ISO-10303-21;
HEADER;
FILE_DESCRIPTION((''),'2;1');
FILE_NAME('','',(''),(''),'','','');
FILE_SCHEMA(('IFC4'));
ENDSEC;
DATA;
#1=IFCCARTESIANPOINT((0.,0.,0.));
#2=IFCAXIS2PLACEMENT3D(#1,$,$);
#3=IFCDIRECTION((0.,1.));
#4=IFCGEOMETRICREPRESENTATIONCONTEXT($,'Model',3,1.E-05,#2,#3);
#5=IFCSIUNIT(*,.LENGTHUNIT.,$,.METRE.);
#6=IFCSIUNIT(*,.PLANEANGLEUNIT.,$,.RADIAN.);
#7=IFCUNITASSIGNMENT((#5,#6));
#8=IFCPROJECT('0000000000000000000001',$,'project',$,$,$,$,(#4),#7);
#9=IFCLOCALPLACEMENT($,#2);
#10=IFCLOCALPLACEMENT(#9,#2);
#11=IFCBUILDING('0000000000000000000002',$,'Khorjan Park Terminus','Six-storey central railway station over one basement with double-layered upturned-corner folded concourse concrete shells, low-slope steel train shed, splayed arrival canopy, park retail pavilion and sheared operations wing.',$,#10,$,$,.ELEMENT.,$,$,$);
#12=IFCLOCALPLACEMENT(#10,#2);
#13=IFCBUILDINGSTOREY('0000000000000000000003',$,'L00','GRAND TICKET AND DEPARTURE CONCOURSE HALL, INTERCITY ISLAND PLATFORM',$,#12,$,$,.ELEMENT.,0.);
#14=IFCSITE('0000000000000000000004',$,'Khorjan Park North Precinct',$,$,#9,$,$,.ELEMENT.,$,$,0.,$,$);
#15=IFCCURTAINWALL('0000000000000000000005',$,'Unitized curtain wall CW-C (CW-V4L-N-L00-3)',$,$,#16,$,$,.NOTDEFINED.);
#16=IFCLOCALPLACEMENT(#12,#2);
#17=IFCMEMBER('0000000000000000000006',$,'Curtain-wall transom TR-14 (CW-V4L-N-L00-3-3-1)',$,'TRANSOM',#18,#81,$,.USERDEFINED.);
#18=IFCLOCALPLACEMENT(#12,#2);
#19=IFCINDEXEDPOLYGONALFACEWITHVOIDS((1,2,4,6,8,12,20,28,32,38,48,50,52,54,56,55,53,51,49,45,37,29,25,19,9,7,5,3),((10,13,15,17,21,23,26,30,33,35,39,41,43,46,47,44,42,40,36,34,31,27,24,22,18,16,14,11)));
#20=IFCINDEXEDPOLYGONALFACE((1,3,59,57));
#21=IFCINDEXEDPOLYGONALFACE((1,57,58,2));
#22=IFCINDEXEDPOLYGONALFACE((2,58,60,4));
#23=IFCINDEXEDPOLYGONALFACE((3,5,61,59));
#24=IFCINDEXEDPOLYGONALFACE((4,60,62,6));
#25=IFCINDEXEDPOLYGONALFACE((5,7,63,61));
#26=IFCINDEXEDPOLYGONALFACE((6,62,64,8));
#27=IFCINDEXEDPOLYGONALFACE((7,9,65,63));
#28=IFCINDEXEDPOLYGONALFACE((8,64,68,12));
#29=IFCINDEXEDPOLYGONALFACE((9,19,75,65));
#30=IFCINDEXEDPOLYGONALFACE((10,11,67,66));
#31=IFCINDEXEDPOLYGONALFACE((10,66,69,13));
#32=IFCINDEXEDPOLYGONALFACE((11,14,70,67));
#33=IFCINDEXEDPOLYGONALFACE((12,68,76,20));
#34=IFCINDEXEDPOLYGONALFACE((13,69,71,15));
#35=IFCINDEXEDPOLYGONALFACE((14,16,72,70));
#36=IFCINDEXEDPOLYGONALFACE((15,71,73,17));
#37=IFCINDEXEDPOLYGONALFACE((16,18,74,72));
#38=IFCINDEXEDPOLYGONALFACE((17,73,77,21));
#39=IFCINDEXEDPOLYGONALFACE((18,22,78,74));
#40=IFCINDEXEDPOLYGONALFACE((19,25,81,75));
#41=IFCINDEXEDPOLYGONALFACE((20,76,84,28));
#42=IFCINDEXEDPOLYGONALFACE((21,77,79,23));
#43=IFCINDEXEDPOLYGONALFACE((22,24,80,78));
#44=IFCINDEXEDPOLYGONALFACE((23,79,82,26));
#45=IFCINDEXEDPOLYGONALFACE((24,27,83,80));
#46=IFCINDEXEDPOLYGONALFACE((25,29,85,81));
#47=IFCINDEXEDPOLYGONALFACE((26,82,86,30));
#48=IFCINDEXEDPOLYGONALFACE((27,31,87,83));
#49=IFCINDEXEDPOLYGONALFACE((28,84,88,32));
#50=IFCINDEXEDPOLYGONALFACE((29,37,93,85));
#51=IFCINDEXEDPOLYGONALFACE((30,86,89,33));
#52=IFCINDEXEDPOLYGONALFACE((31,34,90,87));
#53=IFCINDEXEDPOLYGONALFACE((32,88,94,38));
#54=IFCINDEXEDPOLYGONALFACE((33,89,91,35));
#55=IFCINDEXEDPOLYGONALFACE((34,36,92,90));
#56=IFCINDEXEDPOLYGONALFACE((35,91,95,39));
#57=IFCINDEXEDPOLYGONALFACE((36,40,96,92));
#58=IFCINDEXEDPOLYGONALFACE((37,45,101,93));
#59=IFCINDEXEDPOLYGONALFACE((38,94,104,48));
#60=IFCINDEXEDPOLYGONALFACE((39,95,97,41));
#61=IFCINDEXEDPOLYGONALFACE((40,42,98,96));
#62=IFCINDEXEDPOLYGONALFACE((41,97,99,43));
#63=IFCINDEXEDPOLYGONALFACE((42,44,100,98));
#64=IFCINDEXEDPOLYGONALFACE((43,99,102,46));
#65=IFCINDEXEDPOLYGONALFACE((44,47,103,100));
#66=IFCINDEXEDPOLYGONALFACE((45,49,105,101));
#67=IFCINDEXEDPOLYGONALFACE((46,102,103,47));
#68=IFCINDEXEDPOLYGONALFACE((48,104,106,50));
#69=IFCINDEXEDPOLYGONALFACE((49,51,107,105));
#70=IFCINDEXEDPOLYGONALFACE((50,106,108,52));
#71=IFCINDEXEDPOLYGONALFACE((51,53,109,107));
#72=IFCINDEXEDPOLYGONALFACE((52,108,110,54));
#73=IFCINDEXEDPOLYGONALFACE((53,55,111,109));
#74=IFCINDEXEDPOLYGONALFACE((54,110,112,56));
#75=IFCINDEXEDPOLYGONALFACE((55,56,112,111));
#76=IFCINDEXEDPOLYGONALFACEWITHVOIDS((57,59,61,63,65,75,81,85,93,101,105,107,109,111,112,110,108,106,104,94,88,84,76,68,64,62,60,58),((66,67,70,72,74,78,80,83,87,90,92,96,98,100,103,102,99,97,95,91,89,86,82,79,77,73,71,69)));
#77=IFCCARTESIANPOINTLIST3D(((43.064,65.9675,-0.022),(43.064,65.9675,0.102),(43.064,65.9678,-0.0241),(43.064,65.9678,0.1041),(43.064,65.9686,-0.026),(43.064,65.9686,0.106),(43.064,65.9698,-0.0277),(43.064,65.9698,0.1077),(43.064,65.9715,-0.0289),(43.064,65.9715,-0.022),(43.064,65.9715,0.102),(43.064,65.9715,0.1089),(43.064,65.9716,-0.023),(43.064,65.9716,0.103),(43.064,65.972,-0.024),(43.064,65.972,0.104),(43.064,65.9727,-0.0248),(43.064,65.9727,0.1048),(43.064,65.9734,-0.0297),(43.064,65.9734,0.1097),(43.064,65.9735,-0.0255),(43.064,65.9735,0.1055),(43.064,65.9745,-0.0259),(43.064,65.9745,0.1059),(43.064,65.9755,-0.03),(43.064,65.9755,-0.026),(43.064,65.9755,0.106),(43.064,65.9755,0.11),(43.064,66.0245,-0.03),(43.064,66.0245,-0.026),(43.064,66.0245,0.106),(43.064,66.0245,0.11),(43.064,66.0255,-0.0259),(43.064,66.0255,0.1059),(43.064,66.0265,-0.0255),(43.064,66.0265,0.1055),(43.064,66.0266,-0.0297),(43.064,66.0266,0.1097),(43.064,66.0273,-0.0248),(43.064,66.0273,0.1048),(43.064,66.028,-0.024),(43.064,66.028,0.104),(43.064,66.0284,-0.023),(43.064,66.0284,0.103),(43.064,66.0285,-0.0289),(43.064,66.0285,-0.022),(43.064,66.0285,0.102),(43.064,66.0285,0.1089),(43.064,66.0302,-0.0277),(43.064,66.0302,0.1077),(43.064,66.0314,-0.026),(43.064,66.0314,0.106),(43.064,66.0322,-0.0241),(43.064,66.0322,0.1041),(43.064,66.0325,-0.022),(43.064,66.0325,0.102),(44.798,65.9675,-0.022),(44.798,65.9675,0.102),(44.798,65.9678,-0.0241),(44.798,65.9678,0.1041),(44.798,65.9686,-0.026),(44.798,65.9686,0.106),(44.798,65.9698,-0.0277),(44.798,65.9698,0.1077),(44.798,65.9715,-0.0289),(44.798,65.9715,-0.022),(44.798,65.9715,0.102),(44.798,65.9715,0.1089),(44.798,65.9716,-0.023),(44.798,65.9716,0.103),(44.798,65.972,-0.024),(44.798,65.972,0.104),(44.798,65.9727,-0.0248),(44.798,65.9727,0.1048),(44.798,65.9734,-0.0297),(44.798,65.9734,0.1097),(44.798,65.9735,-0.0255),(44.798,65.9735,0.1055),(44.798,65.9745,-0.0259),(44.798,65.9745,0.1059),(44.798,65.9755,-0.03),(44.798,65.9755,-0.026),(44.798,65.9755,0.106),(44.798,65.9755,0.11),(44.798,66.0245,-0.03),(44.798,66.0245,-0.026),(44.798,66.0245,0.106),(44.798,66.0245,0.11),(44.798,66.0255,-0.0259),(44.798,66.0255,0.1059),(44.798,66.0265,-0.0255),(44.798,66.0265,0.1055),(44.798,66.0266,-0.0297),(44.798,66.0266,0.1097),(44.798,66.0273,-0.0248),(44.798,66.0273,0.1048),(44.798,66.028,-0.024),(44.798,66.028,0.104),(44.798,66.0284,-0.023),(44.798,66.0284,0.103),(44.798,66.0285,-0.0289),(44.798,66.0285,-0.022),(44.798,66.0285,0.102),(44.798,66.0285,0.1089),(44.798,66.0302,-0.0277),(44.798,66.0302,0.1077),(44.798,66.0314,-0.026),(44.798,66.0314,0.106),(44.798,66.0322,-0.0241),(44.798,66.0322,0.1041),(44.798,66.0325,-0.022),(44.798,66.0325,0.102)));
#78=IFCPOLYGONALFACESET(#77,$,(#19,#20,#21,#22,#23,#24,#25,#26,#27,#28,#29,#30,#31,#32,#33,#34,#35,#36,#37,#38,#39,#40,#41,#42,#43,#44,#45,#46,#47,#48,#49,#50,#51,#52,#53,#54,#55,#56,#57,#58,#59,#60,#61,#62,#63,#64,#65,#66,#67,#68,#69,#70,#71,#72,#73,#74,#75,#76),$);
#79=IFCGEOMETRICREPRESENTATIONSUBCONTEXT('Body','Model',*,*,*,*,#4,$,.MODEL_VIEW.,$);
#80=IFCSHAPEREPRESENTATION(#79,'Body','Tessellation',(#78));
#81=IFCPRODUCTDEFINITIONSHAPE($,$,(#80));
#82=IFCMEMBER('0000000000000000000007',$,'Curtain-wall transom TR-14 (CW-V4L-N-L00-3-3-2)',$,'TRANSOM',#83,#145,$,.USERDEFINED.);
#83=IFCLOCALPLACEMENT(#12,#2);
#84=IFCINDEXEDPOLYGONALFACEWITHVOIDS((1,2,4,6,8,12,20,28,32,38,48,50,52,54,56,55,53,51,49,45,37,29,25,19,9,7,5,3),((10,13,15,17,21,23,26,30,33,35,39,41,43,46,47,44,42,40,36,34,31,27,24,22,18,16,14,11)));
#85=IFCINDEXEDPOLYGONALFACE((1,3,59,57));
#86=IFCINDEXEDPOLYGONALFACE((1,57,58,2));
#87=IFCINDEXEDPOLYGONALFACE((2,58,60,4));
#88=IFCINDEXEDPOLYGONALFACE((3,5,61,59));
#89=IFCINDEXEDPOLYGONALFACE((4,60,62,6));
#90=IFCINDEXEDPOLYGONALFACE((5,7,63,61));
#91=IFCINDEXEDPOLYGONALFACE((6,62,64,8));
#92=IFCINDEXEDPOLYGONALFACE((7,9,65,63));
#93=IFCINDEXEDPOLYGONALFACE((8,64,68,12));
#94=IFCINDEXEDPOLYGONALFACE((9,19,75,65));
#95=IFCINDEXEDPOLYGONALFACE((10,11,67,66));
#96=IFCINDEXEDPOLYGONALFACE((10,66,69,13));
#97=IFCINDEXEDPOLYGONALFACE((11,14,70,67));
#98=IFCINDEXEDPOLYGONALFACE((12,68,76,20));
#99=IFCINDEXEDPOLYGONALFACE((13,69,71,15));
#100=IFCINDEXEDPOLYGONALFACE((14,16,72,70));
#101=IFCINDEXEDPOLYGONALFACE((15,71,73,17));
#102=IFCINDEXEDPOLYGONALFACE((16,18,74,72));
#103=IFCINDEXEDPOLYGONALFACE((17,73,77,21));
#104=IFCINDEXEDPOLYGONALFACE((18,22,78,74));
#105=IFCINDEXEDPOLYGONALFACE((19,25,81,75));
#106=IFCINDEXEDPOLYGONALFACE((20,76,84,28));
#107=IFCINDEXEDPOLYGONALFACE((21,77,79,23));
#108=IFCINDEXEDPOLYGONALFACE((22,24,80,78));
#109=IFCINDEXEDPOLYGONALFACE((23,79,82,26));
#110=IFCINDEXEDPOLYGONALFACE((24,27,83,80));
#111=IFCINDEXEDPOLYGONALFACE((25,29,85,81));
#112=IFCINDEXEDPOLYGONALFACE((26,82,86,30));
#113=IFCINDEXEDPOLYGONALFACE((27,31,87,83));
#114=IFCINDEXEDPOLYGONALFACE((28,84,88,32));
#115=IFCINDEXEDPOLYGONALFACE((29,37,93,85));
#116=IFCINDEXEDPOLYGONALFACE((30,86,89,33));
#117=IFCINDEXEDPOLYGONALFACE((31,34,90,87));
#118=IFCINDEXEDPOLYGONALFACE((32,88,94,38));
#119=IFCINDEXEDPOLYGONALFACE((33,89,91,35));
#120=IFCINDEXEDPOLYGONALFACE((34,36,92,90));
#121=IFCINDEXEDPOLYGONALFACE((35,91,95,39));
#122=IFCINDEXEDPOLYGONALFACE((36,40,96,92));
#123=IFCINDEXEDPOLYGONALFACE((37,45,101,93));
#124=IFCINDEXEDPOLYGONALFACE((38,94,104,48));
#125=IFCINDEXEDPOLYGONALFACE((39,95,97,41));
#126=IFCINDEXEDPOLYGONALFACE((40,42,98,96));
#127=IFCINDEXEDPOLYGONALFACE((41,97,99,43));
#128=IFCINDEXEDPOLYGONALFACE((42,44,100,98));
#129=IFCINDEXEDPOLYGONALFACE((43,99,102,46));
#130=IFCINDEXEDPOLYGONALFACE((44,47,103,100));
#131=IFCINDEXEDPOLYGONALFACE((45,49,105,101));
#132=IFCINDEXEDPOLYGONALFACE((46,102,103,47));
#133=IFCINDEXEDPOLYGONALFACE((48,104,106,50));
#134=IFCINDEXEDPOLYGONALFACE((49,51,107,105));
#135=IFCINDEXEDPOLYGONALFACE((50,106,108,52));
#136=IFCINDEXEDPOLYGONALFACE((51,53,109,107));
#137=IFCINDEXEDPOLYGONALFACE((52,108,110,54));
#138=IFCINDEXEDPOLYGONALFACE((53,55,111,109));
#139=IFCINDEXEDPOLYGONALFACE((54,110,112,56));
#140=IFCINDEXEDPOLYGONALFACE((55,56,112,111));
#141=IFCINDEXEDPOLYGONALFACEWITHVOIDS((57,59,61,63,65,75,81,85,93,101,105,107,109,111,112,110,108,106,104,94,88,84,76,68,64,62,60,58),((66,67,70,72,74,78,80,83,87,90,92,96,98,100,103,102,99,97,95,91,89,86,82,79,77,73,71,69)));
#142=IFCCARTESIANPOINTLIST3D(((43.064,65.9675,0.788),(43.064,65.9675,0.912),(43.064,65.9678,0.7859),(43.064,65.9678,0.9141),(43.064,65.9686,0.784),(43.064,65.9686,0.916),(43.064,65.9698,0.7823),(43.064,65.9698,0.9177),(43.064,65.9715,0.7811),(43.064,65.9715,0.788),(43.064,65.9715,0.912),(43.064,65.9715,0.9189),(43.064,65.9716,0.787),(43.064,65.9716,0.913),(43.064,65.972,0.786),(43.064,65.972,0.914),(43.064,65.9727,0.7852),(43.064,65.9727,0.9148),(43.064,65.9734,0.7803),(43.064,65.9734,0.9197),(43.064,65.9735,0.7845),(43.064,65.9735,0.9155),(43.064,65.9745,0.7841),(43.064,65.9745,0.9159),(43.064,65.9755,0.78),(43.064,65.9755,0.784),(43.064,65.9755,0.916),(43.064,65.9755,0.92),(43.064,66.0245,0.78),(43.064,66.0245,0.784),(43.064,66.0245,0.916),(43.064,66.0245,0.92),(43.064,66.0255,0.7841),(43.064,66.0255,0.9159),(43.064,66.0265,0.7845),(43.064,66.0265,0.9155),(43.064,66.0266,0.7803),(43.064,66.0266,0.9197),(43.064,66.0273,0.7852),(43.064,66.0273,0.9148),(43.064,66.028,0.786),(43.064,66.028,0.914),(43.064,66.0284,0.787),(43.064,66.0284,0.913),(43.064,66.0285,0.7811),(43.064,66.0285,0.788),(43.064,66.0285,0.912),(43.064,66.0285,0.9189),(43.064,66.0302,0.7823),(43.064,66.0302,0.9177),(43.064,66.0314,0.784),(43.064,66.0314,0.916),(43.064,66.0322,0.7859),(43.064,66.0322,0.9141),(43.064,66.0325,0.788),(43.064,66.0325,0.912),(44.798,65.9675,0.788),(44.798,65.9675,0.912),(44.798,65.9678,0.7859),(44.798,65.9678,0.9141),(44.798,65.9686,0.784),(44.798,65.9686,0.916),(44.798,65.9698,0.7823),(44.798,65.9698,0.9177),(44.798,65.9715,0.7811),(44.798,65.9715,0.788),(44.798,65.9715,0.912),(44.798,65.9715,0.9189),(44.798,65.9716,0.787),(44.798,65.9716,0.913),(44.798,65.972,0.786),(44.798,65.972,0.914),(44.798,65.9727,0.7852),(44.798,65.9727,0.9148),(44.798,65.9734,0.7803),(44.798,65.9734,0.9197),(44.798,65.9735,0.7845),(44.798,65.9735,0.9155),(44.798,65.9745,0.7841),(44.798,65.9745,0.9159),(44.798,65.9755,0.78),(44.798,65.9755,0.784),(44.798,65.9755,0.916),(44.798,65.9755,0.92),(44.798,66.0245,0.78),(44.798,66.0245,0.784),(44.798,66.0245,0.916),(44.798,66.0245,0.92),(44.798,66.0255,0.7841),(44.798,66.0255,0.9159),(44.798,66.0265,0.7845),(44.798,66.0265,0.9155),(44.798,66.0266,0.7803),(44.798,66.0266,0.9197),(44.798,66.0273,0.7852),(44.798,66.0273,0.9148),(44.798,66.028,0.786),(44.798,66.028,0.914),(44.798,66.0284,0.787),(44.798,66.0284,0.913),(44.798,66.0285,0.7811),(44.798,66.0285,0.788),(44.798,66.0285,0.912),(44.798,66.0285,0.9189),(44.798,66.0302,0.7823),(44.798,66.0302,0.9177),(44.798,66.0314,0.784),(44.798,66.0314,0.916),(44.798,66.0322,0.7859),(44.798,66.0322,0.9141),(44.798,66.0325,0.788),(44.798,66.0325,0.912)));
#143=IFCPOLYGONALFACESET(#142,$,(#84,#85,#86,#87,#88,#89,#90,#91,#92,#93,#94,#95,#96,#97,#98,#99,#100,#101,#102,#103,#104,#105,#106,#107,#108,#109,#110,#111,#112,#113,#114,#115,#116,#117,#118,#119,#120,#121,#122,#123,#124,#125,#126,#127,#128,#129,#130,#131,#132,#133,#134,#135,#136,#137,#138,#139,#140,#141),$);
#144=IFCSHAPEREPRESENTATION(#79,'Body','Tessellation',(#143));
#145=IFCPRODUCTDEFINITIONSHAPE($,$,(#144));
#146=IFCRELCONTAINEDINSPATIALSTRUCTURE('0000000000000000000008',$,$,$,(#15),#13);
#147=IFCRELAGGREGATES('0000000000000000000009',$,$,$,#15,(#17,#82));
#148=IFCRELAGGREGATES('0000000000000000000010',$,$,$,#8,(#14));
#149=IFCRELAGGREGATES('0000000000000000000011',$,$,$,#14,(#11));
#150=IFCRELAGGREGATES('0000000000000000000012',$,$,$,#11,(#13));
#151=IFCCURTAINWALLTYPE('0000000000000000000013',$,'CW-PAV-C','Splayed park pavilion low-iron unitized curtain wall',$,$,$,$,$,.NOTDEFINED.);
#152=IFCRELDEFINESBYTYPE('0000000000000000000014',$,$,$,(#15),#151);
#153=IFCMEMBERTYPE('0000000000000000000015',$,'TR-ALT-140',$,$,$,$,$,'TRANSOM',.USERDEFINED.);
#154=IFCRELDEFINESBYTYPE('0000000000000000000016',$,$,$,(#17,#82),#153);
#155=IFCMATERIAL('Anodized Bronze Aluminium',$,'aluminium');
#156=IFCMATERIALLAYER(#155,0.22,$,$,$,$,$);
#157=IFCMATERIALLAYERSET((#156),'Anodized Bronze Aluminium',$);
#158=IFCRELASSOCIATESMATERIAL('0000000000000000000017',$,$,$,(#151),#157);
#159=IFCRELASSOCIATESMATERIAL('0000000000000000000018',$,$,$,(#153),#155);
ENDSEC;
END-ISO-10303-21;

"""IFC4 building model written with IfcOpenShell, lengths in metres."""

from ifc_helpers import new_model, si_unit, direction, frame, origin, origin_2d, place, context, subcontext, project, spatial, hollow_rectangle, extrude, material, layer, layer_set, material_profile, profile_set, type_object, element, aggregate, save


model = new_model("IFC4")

# Units and contexts
model_context = context("Model", 3, precision=1e-05, world=origin(), true_north=direction((0.0, 1.0)))
body_context = subcontext(model_context, "Body", "Model", "MODEL_VIEW")
ifc_project = project(units=[si_unit("LENGTHUNIT", "METRE"), si_unit("PLANEANGLEUNIT", "RADIAN")], contexts=[model_context])

# Site, building, storey
site_placement = place(None, origin())
site = spatial("IfcSite", under=ifc_project, at=site_placement, Name="Khorjan Park North Precinct", CompositionType="ELEMENT", RefElevation=0.0)
building_placement = place(site_placement, origin())
building = spatial("IfcBuilding", under=site, at=building_placement, Name="Khorjan Park Terminus", Description="Six-storey central railway station over one basement with double-layered upturned-corner folded concourse concrete shells, low-slope steel train shed, splayed arrival canopy, park retail pavilion and sheared operations wing.", CompositionType="ELEMENT")
storey_placement = place(building_placement, origin())
storey = spatial("IfcBuildingStorey", under=building, at=storey_placement, Name="L00", Description="GRAND TICKET AND DEPARTURE CONCOURSE HALL, INTERCITY ISLAND PLATFORM", CompositionType="ELEMENT", Elevation=0.0)

# Curtain wall, members
ifc_material_1 = material(Name="Anodized Bronze Aluminium", Category="aluminium")
ifc_layer_1 = layer(ifc_material_1, 0.22)
ifc_layer_set_1 = layer_set([ifc_layer_1], Name="Anodized Bronze Aluminium")
curtain_wall_type = type_object("IfcCurtainWallType", Name="CW-PAV-C", Description="Splayed park pavilion low-iron unitized curtain wall", PredefinedType="NOTDEFINED", material=ifc_layer_set_1)
curtain_wall_placement = place(storey_placement, origin())
curtain_wall = element("IfcCurtainWall", 1, at=curtain_wall_placement, inside=storey, type_object=curtain_wall_type, Name="Unitized curtain wall CW-C (CW-V4L-N-L00-3)", PredefinedType="NOTDEFINED")
ifc_material_profile_1 = material_profile(ifc_material_1, hollow_rectangle(XDim=0.065, YDim=0.14, WallThickness=0.004, InnerFilletRadius=0.004, OuterFilletRadius=0.008, at=origin_2d()), Name="ALT 65x140x4")
ifc_profile_set_1 = profile_set([ifc_material_profile_1], Name="Anodized Bronze Aluminium")
member_type_1 = type_object("IfcMemberType", Name="TR-ALT-140", ElementType="TRANSOM", PredefinedType="USERDEFINED", material=ifc_profile_set_1)
member_1_placement = place(storey_placement, frame((44.798, 66.0, 0.04), z_axis=(-1.0, 0.0, 0.0), x_axis=(0.0, -1.0, 0.0)))
member_1 = element("IfcMember", 2, at=member_1_placement, type_object=member_type_1, Name="Curtain-wall transom TR-14 (CW-V4L-N-L00-3-3-1)", ObjectType="TRANSOM", PredefinedType="USERDEFINED", context=body_context, shape_type="SweptSolid", body=[
    extrude(hollow_rectangle(XDim=0.065, YDim=0.14, WallThickness=0.004, InnerFilletRadius=0.004, OuterFilletRadius=0.008, at=origin_2d()), origin(), (0.0, 0.0, 1.0), 1.734),
])
member_2_placement = place(storey_placement, frame((44.798, 66.0, 0.85), z_axis=(-1.0, 0.0, 0.0), x_axis=(0.0, -1.0, 0.0)))
member_2 = element("IfcMember", 3, at=member_2_placement, type_object=member_type_1, Name="Curtain-wall transom TR-14 (CW-V4L-N-L00-3-3-2)", ObjectType="TRANSOM", PredefinedType="USERDEFINED", context=body_context, shape_type="SweptSolid", body=[
    extrude(hollow_rectangle(XDim=0.065, YDim=0.14, WallThickness=0.004, InnerFilletRadius=0.004, OuterFilletRadius=0.008, at=origin_2d()), origin(), (0.0, 0.0, 1.0), 1.734),
])
aggregate(curtain_wall, [member_1, member_2])

save(model, "model.ifc")
